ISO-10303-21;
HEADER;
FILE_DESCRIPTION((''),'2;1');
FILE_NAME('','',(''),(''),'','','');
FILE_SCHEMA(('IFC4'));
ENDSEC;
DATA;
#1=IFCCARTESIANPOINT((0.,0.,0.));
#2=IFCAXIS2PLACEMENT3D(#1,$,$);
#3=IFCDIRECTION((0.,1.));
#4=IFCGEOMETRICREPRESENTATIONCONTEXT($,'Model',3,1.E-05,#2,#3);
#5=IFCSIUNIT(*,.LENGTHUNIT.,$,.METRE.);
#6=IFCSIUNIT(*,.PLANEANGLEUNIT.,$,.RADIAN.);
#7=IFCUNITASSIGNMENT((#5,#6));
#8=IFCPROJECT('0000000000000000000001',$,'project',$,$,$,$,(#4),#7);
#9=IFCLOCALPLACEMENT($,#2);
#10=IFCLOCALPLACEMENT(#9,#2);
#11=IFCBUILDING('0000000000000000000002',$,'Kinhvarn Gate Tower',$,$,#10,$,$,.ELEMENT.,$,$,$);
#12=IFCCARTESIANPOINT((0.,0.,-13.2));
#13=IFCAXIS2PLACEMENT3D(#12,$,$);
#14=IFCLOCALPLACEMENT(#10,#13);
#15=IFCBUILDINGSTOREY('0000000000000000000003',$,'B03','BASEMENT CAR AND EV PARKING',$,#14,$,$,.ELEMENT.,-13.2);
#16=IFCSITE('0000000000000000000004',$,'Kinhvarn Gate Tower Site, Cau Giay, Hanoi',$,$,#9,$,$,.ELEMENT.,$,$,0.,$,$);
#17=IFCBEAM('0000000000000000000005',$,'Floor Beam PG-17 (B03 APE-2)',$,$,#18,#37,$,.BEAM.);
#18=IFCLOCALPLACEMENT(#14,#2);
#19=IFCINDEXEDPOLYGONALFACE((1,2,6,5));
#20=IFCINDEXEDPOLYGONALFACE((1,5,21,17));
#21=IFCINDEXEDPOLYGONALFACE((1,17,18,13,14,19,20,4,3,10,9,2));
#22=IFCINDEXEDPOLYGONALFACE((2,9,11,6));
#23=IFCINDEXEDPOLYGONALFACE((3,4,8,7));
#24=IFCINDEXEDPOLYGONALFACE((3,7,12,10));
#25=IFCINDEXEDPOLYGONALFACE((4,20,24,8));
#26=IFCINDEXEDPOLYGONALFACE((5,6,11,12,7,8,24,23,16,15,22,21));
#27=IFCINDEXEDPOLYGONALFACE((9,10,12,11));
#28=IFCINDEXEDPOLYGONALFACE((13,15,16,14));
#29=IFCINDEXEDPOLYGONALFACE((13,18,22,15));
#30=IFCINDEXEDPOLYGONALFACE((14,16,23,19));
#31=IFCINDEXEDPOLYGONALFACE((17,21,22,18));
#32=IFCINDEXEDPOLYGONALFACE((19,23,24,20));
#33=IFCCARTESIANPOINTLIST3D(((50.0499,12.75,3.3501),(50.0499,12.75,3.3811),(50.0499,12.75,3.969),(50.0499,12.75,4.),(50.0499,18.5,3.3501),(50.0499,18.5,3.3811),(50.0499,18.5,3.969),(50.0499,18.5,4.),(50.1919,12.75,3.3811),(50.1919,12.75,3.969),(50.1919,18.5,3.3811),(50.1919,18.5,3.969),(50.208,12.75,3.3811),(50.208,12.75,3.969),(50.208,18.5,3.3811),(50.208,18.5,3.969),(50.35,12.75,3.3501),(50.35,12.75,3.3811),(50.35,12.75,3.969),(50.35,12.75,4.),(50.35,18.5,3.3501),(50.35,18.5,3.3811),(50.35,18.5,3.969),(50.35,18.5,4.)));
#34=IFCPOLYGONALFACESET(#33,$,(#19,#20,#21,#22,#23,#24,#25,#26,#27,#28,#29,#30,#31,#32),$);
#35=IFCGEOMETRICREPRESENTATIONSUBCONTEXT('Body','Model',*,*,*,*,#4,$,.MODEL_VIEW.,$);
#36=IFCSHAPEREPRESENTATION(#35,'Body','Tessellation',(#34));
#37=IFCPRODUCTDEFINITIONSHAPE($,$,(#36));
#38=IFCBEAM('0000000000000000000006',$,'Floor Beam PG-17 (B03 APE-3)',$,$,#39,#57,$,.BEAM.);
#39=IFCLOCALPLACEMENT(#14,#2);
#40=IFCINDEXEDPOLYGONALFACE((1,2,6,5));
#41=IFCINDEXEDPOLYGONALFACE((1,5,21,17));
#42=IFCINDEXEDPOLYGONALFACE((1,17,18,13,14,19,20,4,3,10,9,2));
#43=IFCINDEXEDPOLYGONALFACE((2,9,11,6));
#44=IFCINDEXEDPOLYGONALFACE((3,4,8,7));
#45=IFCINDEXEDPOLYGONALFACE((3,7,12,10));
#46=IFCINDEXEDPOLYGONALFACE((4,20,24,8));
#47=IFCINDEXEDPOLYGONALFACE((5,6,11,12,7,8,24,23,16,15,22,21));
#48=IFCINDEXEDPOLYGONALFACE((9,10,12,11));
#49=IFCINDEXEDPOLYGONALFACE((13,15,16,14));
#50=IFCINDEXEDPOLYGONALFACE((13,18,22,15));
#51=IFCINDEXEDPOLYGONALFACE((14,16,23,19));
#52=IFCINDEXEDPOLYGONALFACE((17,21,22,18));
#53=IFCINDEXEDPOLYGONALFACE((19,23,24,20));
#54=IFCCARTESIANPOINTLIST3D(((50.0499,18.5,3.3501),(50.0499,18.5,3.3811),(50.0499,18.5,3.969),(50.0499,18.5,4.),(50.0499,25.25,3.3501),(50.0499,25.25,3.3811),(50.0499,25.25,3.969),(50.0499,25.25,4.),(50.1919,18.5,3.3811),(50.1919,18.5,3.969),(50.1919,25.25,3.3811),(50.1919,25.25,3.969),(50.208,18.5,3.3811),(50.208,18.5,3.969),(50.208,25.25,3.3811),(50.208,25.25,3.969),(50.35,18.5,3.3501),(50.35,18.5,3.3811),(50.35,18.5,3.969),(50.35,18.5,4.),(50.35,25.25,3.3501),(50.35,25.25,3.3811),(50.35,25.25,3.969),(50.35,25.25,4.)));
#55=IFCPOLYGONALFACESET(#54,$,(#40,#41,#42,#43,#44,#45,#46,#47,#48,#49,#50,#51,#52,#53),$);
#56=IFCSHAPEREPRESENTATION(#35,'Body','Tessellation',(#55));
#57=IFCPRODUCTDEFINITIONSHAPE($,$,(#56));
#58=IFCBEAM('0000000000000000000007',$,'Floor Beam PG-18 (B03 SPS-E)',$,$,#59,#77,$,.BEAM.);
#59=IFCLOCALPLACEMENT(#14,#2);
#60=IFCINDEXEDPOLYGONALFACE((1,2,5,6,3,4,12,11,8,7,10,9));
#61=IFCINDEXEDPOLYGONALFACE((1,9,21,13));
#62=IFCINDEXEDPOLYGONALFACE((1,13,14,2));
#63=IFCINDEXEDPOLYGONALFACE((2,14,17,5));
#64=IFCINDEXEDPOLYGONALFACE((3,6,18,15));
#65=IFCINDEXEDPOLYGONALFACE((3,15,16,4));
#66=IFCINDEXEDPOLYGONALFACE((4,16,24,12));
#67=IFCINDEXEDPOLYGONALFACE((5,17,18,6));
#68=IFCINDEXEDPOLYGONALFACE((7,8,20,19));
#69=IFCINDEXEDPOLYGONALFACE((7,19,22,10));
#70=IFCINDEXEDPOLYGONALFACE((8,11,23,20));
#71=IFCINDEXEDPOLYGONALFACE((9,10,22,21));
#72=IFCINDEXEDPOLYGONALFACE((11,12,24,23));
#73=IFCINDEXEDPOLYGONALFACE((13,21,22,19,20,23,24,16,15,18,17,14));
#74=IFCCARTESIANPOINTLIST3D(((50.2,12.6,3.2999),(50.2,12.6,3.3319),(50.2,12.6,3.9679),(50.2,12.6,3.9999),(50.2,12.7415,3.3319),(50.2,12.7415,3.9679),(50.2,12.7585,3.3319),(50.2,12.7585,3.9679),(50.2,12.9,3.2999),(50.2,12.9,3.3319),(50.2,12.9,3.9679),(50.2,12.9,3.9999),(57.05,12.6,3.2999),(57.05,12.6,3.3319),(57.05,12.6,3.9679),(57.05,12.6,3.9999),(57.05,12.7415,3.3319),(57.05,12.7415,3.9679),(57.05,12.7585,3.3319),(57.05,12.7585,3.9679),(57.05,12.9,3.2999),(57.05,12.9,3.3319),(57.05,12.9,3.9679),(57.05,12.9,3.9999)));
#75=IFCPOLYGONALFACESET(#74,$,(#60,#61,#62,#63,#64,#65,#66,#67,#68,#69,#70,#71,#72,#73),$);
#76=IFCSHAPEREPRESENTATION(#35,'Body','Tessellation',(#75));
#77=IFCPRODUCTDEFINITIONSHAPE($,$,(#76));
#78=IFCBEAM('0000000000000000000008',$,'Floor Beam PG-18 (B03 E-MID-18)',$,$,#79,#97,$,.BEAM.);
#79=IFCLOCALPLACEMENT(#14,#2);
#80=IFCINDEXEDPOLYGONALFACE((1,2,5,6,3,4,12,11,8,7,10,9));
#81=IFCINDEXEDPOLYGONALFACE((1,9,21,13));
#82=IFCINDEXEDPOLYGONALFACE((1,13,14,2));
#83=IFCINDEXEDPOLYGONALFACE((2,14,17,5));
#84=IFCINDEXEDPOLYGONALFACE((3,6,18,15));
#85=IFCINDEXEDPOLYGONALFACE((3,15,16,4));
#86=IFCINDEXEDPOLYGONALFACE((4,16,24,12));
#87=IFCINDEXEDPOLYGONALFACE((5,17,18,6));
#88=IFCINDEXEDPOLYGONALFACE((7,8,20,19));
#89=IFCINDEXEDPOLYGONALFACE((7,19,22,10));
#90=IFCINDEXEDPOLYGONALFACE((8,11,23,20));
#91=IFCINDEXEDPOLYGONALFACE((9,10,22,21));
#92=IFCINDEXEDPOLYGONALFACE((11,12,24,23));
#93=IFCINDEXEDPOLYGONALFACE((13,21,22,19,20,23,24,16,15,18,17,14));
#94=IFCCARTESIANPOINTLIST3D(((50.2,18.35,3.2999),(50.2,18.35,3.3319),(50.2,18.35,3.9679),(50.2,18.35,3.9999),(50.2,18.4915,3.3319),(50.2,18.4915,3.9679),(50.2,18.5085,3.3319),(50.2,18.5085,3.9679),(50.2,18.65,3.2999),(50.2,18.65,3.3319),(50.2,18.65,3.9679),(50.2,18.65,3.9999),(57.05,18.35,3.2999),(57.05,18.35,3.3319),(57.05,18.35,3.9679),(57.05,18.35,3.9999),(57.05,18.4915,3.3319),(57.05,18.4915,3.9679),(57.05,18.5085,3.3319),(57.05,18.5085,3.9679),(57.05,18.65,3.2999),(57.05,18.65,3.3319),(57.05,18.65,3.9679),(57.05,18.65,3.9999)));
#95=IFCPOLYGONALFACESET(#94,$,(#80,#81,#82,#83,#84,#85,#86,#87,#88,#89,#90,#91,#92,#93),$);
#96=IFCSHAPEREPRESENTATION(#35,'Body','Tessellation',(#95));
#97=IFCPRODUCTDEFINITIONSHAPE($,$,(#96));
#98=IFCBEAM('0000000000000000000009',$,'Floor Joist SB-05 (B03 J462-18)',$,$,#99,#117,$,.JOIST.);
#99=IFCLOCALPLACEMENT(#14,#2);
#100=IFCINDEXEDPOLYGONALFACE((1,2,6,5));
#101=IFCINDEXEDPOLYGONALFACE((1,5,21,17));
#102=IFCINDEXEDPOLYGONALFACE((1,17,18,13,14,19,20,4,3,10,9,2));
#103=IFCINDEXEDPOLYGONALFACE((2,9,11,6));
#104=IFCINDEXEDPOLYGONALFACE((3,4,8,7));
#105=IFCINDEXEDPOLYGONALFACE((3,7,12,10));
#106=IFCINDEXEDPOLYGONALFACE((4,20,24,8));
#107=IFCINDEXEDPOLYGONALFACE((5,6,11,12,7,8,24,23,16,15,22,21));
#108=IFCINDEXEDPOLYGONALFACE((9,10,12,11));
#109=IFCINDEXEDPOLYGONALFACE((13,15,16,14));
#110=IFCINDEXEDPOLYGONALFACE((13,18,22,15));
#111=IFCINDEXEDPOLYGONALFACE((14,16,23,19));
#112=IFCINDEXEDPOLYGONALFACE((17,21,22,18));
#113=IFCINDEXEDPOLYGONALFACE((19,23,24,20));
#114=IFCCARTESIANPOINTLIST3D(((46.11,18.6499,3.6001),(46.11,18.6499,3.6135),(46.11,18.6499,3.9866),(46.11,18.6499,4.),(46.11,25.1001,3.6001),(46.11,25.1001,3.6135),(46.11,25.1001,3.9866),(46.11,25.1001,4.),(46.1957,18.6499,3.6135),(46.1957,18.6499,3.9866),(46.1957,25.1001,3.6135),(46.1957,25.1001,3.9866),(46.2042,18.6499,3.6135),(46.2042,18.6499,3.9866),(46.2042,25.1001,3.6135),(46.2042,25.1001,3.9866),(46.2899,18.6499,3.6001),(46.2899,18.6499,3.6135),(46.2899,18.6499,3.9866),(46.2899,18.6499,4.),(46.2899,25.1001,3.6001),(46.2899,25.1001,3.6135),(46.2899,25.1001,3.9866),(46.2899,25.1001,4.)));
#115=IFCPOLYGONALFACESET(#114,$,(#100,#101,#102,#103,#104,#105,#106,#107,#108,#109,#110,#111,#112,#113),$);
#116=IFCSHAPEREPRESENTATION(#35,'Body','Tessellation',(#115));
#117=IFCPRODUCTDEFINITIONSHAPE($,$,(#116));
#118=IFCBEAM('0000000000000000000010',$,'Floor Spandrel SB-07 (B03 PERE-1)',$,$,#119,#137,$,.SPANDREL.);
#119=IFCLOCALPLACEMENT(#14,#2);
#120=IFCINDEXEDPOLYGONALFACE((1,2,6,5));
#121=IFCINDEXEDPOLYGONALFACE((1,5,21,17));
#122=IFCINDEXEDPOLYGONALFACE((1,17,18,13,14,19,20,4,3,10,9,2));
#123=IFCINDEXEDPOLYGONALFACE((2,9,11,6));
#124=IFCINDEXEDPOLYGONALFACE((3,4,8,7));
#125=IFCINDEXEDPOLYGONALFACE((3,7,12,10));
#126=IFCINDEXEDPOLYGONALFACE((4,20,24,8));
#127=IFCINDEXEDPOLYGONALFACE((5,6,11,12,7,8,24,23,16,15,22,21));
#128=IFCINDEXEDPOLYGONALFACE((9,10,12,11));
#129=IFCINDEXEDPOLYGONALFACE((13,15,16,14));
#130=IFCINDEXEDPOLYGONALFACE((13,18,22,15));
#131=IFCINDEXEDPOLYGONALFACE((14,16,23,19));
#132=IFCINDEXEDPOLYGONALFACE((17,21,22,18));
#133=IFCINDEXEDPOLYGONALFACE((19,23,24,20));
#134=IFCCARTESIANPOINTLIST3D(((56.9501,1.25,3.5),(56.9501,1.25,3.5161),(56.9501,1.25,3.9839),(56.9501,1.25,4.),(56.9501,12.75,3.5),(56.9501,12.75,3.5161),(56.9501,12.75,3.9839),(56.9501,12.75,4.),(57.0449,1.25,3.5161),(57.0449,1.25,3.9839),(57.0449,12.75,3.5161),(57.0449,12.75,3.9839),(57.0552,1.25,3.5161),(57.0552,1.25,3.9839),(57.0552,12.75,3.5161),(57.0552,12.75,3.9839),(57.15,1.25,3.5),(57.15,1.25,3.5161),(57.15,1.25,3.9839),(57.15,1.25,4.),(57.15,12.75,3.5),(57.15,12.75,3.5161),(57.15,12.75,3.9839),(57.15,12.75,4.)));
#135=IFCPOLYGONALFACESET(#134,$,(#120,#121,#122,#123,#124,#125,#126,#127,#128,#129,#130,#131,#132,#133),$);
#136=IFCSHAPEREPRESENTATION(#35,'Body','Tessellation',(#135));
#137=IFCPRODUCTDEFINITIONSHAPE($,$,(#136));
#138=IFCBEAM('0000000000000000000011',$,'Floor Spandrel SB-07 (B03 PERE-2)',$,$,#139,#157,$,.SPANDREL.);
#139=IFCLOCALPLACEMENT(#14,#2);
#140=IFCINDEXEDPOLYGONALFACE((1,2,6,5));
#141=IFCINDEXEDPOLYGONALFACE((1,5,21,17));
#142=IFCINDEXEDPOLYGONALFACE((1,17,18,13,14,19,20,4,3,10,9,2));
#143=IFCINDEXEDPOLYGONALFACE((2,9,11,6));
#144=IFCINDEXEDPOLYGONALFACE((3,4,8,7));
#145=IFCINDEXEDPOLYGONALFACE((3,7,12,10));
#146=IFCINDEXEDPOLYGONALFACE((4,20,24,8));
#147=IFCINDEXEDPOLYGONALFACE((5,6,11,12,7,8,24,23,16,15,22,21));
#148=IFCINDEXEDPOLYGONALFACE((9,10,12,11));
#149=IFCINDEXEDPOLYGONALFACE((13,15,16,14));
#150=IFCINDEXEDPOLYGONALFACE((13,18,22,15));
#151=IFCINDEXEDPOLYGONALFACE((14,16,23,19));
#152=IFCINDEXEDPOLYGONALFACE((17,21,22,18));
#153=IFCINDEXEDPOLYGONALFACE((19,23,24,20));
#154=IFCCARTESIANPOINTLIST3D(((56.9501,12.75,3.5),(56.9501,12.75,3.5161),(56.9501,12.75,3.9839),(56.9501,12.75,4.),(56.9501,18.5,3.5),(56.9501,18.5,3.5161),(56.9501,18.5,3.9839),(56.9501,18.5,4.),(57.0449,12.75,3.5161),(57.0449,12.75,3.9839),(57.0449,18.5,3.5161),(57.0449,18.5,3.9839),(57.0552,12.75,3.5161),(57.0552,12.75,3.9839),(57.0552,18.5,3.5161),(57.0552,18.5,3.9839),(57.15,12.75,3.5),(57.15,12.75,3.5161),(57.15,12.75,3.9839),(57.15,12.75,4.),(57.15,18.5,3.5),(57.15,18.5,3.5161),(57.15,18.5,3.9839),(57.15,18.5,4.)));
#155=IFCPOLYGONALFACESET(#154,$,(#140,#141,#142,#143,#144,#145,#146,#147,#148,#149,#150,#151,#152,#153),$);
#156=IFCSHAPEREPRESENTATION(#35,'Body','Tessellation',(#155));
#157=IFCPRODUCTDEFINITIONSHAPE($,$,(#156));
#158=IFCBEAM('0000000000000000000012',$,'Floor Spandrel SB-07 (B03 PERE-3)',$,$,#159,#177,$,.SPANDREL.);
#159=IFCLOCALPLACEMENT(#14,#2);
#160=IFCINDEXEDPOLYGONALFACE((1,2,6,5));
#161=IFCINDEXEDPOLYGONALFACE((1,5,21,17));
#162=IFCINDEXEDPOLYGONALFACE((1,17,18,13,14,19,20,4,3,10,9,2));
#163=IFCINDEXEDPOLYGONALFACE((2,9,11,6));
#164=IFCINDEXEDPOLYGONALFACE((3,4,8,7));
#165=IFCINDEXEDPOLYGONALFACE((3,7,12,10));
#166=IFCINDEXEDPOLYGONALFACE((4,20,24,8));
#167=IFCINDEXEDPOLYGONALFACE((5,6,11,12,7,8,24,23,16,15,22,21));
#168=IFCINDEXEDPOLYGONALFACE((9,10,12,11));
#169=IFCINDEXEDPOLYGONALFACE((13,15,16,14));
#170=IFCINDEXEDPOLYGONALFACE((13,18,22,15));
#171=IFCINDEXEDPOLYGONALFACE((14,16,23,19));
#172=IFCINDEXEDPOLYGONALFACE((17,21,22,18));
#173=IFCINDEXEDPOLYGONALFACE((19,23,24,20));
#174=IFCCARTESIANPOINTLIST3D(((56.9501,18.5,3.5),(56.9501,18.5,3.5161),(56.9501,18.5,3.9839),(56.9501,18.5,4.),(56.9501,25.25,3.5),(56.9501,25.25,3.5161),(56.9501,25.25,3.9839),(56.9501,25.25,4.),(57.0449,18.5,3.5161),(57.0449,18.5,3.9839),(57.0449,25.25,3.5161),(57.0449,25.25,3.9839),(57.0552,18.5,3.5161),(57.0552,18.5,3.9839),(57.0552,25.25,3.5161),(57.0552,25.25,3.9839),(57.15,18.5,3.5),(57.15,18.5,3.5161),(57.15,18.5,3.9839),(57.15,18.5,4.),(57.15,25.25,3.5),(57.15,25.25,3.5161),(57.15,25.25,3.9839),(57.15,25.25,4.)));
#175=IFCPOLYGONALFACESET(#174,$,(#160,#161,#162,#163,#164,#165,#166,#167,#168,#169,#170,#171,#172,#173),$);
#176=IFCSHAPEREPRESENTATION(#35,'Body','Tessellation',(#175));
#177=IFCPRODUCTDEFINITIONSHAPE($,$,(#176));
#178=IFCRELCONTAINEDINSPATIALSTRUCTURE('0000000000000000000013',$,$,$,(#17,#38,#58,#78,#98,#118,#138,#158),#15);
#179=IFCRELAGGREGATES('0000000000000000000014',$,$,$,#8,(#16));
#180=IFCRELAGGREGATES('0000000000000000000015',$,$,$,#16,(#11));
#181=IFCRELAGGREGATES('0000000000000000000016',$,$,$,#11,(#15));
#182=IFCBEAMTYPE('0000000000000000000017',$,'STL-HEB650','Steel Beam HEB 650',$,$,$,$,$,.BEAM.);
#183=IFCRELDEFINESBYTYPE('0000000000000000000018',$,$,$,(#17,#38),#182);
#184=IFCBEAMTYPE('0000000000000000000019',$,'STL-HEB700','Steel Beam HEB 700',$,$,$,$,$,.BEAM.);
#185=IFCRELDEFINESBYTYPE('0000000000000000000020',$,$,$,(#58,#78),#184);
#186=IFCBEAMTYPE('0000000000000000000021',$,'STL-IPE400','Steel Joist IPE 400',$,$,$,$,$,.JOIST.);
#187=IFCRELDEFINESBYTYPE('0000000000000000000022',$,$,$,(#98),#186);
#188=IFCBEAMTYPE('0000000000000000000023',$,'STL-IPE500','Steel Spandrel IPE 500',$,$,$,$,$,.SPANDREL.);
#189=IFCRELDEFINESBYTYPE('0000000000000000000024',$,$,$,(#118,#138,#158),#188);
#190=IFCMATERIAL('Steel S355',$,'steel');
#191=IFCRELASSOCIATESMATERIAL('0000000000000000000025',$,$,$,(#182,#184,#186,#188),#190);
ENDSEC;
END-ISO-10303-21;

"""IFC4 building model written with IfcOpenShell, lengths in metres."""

from ifc_helpers import new_model, si_unit, direction, frame, origin, origin_2d, place, context, subcontext, project, spatial, i_section, extrude, material, material_profile, profile_set, type_object, element, save


model = new_model("IFC4")

# Units and contexts
model_context = context("Model", 3, precision=1e-05, world=origin(), true_north=direction((0.0, 1.0)))
body_context = subcontext(model_context, "Body", "Model", "MODEL_VIEW")
ifc_project = project(units=[si_unit("LENGTHUNIT", "METRE"), si_unit("PLANEANGLEUNIT", "RADIAN")], contexts=[model_context])

# Site, building, storey
site_placement = place(None, origin())
site = spatial("IfcSite", under=ifc_project, at=site_placement, Name="Kinhvarn Gate Tower Site, Cau Giay, Hanoi", CompositionType="ELEMENT", RefElevation=0.0)
building_placement = place(site_placement, origin())
building = spatial("IfcBuilding", under=site, at=building_placement, Name="Kinhvarn Gate Tower", CompositionType="ELEMENT")
storey_placement = place(building_placement, frame((0.0, 0.0, -13.2)))
storey = spatial("IfcBuildingStorey", under=building, at=storey_placement, Name="B03", Description="BASEMENT CAR AND EV PARKING", CompositionType="ELEMENT", Elevation=-13.2)

# Beams
ifc_material_1 = material(Name="Steel S355", Category="steel")
ifc_material_profile_1 = material_profile(ifc_material_1, i_section(OverallWidth=0.3, OverallDepth=0.6499, WebThickness=0.0161, FlangeThickness=0.031, at=origin_2d()), Name="HEB 650")
ifc_profile_set_1 = profile_set([ifc_material_profile_1], Name="Steel S355")
beam_type_1 = type_object("IfcBeamType", Name="STL-HEB650", Description="Steel Beam HEB 650", PredefinedType="BEAM", material=ifc_profile_set_1)
beam_1_placement = place(storey_placement, frame((50.2, 12.75, 3.675), z_axis=(0.0, 1.0, 0.0), x_axis=(-1.0, 0.0, 0.0)))
element("IfcBeam", 1, at=beam_1_placement, inside=storey, type_object=beam_type_1, Name="Floor Beam PG-17 (B03 APE-2)", PredefinedType="BEAM", context=body_context, shape_type="SweptSolid", body=[
    extrude(i_section(OverallWidth=0.3, OverallDepth=0.6499, WebThickness=0.0161, FlangeThickness=0.031, at=origin_2d()), origin(), (0.0, 0.0, 1.0), 5.75),
])
beam_2_placement = place(storey_placement, frame((50.2, 18.5, 3.675), z_axis=(0.0, 1.0, 0.0), x_axis=(-1.0, 0.0, 0.0)))
element("IfcBeam", 2, at=beam_2_placement, inside=storey, type_object=beam_type_1, Name="Floor Beam PG-17 (B03 APE-3)", PredefinedType="BEAM", context=body_context, shape_type="SweptSolid", body=[
    extrude(i_section(OverallWidth=0.3, OverallDepth=0.6499, WebThickness=0.0161, FlangeThickness=0.031, at=origin_2d()), origin(), (0.0, 0.0, 1.0), 6.75),
])
ifc_material_profile_2 = material_profile(ifc_material_1, i_section(OverallWidth=0.3, OverallDepth=0.7, WebThickness=0.0171, FlangeThickness=0.032, at=origin_2d()), Name="HEB 700")
ifc_profile_set_2 = profile_set([ifc_material_profile_2], Name="Steel S355")
beam_type_2 = type_object("IfcBeamType", Name="STL-HEB700", Description="Steel Beam HEB 700", PredefinedType="BEAM", material=ifc_profile_set_2)
for number, where, z_axis, x_axis, name in (
    (3, (50.2, 12.75, 3.6499), (1.0, 0.0, 0.0), (0.0, 1.0, 0.0), "Floor Beam PG-18 (B03 SPS-E)"),
    (4, (50.2, 18.5, 3.6499), (1.0, 0.0, 0.0), (0.0, 1.0, 0.0), "Floor Beam PG-18 (B03 E-MID-18)"),
):
    element("IfcBeam", number, at=place(storey_placement, frame(where, z_axis=z_axis, x_axis=x_axis)), inside=storey, type_object=beam_type_2, Name=name, PredefinedType="BEAM", context=body_context, shape_type="SweptSolid", body=[
        extrude(i_section(OverallWidth=0.3, OverallDepth=0.7, WebThickness=0.0171, FlangeThickness=0.032, at=origin_2d()), origin(), (0.0, 0.0, 1.0), 6.8501),
    ])
ifc_material_profile_3 = material_profile(ifc_material_1, i_section(OverallWidth=0.1799, OverallDepth=0.3999, WebThickness=0.0085, FlangeThickness=0.0134, at=origin_2d()), Name="IPE 400")
ifc_profile_set_3 = profile_set([ifc_material_profile_3], Name="Steel S355")
beam_type_3 = type_object("IfcBeamType", Name="STL-IPE400", Description="Steel Joist IPE 400", PredefinedType="JOIST", material=ifc_profile_set_3)
beam_3_placement = place(storey_placement, frame((46.2, 18.6499, 3.8), z_axis=(0.0, 1.0, 0.0), x_axis=(-1.0, 0.0, 0.0)))
element("IfcBeam", 5, at=beam_3_placement, inside=storey, type_object=beam_type_3, Name="Floor Joist SB-05 (B03 J462-18)", PredefinedType="JOIST", context=body_context, shape_type="SweptSolid", body=[
    extrude(i_section(OverallWidth=0.1799, OverallDepth=0.3999, WebThickness=0.0085, FlangeThickness=0.0134, at=origin_2d()), origin(), (0.0, 0.0, 1.0), 6.4502),
])
ifc_material_profile_4 = material_profile(ifc_material_1, i_section(OverallWidth=0.2, OverallDepth=0.5, WebThickness=0.0103, FlangeThickness=0.0161, at=origin_2d()), Name="IPE 500")
ifc_profile_set_4 = profile_set([ifc_material_profile_4], Name="Steel S355")
beam_type_4 = type_object("IfcBeamType", Name="STL-IPE500", Description="Steel Spandrel IPE 500", PredefinedType="SPANDREL", material=ifc_profile_set_4)
beam_4_placement = place(storey_placement, frame((57.05, 1.25, 3.75), z_axis=(0.0, 1.0, 0.0), x_axis=(-1.0, 0.0, 0.0)))
element("IfcBeam", 6, at=beam_4_placement, inside=storey, type_object=beam_type_4, Name="Floor Spandrel SB-07 (B03 PERE-1)", PredefinedType="SPANDREL", context=body_context, shape_type="SweptSolid", body=[
    extrude(i_section(OverallWidth=0.2, OverallDepth=0.5, WebThickness=0.0103, FlangeThickness=0.0161, at=origin_2d()), origin(), (0.0, 0.0, 1.0), 11.5),
])
beam_5_placement = place(storey_placement, frame((57.05, 12.75, 3.75), z_axis=(0.0, 1.0, 0.0), x_axis=(-1.0, 0.0, 0.0)))
element("IfcBeam", 7, at=beam_5_placement, inside=storey, type_object=beam_type_4, Name="Floor Spandrel SB-07 (B03 PERE-2)", PredefinedType="SPANDREL", context=body_context, shape_type="SweptSolid", body=[
    extrude(i_section(OverallWidth=0.2, OverallDepth=0.5, WebThickness=0.0103, FlangeThickness=0.0161, at=origin_2d()), origin(), (0.0, 0.0, 1.0), 5.75),
])
beam_6_placement = place(storey_placement, frame((57.05, 18.5, 3.75), z_axis=(0.0, 1.0, 0.0), x_axis=(-1.0, 0.0, 0.0)))
element("IfcBeam", 8, at=beam_6_placement, inside=storey, type_object=beam_type_4, Name="Floor Spandrel SB-07 (B03 PERE-3)", PredefinedType="SPANDREL", context=body_context, shape_type="SweptSolid", body=[
    extrude(i_section(OverallWidth=0.2, OverallDepth=0.5, WebThickness=0.0103, FlangeThickness=0.0161, at=origin_2d()), origin(), (0.0, 0.0, 1.0), 6.75),
])

save(model, "model.ifc")
